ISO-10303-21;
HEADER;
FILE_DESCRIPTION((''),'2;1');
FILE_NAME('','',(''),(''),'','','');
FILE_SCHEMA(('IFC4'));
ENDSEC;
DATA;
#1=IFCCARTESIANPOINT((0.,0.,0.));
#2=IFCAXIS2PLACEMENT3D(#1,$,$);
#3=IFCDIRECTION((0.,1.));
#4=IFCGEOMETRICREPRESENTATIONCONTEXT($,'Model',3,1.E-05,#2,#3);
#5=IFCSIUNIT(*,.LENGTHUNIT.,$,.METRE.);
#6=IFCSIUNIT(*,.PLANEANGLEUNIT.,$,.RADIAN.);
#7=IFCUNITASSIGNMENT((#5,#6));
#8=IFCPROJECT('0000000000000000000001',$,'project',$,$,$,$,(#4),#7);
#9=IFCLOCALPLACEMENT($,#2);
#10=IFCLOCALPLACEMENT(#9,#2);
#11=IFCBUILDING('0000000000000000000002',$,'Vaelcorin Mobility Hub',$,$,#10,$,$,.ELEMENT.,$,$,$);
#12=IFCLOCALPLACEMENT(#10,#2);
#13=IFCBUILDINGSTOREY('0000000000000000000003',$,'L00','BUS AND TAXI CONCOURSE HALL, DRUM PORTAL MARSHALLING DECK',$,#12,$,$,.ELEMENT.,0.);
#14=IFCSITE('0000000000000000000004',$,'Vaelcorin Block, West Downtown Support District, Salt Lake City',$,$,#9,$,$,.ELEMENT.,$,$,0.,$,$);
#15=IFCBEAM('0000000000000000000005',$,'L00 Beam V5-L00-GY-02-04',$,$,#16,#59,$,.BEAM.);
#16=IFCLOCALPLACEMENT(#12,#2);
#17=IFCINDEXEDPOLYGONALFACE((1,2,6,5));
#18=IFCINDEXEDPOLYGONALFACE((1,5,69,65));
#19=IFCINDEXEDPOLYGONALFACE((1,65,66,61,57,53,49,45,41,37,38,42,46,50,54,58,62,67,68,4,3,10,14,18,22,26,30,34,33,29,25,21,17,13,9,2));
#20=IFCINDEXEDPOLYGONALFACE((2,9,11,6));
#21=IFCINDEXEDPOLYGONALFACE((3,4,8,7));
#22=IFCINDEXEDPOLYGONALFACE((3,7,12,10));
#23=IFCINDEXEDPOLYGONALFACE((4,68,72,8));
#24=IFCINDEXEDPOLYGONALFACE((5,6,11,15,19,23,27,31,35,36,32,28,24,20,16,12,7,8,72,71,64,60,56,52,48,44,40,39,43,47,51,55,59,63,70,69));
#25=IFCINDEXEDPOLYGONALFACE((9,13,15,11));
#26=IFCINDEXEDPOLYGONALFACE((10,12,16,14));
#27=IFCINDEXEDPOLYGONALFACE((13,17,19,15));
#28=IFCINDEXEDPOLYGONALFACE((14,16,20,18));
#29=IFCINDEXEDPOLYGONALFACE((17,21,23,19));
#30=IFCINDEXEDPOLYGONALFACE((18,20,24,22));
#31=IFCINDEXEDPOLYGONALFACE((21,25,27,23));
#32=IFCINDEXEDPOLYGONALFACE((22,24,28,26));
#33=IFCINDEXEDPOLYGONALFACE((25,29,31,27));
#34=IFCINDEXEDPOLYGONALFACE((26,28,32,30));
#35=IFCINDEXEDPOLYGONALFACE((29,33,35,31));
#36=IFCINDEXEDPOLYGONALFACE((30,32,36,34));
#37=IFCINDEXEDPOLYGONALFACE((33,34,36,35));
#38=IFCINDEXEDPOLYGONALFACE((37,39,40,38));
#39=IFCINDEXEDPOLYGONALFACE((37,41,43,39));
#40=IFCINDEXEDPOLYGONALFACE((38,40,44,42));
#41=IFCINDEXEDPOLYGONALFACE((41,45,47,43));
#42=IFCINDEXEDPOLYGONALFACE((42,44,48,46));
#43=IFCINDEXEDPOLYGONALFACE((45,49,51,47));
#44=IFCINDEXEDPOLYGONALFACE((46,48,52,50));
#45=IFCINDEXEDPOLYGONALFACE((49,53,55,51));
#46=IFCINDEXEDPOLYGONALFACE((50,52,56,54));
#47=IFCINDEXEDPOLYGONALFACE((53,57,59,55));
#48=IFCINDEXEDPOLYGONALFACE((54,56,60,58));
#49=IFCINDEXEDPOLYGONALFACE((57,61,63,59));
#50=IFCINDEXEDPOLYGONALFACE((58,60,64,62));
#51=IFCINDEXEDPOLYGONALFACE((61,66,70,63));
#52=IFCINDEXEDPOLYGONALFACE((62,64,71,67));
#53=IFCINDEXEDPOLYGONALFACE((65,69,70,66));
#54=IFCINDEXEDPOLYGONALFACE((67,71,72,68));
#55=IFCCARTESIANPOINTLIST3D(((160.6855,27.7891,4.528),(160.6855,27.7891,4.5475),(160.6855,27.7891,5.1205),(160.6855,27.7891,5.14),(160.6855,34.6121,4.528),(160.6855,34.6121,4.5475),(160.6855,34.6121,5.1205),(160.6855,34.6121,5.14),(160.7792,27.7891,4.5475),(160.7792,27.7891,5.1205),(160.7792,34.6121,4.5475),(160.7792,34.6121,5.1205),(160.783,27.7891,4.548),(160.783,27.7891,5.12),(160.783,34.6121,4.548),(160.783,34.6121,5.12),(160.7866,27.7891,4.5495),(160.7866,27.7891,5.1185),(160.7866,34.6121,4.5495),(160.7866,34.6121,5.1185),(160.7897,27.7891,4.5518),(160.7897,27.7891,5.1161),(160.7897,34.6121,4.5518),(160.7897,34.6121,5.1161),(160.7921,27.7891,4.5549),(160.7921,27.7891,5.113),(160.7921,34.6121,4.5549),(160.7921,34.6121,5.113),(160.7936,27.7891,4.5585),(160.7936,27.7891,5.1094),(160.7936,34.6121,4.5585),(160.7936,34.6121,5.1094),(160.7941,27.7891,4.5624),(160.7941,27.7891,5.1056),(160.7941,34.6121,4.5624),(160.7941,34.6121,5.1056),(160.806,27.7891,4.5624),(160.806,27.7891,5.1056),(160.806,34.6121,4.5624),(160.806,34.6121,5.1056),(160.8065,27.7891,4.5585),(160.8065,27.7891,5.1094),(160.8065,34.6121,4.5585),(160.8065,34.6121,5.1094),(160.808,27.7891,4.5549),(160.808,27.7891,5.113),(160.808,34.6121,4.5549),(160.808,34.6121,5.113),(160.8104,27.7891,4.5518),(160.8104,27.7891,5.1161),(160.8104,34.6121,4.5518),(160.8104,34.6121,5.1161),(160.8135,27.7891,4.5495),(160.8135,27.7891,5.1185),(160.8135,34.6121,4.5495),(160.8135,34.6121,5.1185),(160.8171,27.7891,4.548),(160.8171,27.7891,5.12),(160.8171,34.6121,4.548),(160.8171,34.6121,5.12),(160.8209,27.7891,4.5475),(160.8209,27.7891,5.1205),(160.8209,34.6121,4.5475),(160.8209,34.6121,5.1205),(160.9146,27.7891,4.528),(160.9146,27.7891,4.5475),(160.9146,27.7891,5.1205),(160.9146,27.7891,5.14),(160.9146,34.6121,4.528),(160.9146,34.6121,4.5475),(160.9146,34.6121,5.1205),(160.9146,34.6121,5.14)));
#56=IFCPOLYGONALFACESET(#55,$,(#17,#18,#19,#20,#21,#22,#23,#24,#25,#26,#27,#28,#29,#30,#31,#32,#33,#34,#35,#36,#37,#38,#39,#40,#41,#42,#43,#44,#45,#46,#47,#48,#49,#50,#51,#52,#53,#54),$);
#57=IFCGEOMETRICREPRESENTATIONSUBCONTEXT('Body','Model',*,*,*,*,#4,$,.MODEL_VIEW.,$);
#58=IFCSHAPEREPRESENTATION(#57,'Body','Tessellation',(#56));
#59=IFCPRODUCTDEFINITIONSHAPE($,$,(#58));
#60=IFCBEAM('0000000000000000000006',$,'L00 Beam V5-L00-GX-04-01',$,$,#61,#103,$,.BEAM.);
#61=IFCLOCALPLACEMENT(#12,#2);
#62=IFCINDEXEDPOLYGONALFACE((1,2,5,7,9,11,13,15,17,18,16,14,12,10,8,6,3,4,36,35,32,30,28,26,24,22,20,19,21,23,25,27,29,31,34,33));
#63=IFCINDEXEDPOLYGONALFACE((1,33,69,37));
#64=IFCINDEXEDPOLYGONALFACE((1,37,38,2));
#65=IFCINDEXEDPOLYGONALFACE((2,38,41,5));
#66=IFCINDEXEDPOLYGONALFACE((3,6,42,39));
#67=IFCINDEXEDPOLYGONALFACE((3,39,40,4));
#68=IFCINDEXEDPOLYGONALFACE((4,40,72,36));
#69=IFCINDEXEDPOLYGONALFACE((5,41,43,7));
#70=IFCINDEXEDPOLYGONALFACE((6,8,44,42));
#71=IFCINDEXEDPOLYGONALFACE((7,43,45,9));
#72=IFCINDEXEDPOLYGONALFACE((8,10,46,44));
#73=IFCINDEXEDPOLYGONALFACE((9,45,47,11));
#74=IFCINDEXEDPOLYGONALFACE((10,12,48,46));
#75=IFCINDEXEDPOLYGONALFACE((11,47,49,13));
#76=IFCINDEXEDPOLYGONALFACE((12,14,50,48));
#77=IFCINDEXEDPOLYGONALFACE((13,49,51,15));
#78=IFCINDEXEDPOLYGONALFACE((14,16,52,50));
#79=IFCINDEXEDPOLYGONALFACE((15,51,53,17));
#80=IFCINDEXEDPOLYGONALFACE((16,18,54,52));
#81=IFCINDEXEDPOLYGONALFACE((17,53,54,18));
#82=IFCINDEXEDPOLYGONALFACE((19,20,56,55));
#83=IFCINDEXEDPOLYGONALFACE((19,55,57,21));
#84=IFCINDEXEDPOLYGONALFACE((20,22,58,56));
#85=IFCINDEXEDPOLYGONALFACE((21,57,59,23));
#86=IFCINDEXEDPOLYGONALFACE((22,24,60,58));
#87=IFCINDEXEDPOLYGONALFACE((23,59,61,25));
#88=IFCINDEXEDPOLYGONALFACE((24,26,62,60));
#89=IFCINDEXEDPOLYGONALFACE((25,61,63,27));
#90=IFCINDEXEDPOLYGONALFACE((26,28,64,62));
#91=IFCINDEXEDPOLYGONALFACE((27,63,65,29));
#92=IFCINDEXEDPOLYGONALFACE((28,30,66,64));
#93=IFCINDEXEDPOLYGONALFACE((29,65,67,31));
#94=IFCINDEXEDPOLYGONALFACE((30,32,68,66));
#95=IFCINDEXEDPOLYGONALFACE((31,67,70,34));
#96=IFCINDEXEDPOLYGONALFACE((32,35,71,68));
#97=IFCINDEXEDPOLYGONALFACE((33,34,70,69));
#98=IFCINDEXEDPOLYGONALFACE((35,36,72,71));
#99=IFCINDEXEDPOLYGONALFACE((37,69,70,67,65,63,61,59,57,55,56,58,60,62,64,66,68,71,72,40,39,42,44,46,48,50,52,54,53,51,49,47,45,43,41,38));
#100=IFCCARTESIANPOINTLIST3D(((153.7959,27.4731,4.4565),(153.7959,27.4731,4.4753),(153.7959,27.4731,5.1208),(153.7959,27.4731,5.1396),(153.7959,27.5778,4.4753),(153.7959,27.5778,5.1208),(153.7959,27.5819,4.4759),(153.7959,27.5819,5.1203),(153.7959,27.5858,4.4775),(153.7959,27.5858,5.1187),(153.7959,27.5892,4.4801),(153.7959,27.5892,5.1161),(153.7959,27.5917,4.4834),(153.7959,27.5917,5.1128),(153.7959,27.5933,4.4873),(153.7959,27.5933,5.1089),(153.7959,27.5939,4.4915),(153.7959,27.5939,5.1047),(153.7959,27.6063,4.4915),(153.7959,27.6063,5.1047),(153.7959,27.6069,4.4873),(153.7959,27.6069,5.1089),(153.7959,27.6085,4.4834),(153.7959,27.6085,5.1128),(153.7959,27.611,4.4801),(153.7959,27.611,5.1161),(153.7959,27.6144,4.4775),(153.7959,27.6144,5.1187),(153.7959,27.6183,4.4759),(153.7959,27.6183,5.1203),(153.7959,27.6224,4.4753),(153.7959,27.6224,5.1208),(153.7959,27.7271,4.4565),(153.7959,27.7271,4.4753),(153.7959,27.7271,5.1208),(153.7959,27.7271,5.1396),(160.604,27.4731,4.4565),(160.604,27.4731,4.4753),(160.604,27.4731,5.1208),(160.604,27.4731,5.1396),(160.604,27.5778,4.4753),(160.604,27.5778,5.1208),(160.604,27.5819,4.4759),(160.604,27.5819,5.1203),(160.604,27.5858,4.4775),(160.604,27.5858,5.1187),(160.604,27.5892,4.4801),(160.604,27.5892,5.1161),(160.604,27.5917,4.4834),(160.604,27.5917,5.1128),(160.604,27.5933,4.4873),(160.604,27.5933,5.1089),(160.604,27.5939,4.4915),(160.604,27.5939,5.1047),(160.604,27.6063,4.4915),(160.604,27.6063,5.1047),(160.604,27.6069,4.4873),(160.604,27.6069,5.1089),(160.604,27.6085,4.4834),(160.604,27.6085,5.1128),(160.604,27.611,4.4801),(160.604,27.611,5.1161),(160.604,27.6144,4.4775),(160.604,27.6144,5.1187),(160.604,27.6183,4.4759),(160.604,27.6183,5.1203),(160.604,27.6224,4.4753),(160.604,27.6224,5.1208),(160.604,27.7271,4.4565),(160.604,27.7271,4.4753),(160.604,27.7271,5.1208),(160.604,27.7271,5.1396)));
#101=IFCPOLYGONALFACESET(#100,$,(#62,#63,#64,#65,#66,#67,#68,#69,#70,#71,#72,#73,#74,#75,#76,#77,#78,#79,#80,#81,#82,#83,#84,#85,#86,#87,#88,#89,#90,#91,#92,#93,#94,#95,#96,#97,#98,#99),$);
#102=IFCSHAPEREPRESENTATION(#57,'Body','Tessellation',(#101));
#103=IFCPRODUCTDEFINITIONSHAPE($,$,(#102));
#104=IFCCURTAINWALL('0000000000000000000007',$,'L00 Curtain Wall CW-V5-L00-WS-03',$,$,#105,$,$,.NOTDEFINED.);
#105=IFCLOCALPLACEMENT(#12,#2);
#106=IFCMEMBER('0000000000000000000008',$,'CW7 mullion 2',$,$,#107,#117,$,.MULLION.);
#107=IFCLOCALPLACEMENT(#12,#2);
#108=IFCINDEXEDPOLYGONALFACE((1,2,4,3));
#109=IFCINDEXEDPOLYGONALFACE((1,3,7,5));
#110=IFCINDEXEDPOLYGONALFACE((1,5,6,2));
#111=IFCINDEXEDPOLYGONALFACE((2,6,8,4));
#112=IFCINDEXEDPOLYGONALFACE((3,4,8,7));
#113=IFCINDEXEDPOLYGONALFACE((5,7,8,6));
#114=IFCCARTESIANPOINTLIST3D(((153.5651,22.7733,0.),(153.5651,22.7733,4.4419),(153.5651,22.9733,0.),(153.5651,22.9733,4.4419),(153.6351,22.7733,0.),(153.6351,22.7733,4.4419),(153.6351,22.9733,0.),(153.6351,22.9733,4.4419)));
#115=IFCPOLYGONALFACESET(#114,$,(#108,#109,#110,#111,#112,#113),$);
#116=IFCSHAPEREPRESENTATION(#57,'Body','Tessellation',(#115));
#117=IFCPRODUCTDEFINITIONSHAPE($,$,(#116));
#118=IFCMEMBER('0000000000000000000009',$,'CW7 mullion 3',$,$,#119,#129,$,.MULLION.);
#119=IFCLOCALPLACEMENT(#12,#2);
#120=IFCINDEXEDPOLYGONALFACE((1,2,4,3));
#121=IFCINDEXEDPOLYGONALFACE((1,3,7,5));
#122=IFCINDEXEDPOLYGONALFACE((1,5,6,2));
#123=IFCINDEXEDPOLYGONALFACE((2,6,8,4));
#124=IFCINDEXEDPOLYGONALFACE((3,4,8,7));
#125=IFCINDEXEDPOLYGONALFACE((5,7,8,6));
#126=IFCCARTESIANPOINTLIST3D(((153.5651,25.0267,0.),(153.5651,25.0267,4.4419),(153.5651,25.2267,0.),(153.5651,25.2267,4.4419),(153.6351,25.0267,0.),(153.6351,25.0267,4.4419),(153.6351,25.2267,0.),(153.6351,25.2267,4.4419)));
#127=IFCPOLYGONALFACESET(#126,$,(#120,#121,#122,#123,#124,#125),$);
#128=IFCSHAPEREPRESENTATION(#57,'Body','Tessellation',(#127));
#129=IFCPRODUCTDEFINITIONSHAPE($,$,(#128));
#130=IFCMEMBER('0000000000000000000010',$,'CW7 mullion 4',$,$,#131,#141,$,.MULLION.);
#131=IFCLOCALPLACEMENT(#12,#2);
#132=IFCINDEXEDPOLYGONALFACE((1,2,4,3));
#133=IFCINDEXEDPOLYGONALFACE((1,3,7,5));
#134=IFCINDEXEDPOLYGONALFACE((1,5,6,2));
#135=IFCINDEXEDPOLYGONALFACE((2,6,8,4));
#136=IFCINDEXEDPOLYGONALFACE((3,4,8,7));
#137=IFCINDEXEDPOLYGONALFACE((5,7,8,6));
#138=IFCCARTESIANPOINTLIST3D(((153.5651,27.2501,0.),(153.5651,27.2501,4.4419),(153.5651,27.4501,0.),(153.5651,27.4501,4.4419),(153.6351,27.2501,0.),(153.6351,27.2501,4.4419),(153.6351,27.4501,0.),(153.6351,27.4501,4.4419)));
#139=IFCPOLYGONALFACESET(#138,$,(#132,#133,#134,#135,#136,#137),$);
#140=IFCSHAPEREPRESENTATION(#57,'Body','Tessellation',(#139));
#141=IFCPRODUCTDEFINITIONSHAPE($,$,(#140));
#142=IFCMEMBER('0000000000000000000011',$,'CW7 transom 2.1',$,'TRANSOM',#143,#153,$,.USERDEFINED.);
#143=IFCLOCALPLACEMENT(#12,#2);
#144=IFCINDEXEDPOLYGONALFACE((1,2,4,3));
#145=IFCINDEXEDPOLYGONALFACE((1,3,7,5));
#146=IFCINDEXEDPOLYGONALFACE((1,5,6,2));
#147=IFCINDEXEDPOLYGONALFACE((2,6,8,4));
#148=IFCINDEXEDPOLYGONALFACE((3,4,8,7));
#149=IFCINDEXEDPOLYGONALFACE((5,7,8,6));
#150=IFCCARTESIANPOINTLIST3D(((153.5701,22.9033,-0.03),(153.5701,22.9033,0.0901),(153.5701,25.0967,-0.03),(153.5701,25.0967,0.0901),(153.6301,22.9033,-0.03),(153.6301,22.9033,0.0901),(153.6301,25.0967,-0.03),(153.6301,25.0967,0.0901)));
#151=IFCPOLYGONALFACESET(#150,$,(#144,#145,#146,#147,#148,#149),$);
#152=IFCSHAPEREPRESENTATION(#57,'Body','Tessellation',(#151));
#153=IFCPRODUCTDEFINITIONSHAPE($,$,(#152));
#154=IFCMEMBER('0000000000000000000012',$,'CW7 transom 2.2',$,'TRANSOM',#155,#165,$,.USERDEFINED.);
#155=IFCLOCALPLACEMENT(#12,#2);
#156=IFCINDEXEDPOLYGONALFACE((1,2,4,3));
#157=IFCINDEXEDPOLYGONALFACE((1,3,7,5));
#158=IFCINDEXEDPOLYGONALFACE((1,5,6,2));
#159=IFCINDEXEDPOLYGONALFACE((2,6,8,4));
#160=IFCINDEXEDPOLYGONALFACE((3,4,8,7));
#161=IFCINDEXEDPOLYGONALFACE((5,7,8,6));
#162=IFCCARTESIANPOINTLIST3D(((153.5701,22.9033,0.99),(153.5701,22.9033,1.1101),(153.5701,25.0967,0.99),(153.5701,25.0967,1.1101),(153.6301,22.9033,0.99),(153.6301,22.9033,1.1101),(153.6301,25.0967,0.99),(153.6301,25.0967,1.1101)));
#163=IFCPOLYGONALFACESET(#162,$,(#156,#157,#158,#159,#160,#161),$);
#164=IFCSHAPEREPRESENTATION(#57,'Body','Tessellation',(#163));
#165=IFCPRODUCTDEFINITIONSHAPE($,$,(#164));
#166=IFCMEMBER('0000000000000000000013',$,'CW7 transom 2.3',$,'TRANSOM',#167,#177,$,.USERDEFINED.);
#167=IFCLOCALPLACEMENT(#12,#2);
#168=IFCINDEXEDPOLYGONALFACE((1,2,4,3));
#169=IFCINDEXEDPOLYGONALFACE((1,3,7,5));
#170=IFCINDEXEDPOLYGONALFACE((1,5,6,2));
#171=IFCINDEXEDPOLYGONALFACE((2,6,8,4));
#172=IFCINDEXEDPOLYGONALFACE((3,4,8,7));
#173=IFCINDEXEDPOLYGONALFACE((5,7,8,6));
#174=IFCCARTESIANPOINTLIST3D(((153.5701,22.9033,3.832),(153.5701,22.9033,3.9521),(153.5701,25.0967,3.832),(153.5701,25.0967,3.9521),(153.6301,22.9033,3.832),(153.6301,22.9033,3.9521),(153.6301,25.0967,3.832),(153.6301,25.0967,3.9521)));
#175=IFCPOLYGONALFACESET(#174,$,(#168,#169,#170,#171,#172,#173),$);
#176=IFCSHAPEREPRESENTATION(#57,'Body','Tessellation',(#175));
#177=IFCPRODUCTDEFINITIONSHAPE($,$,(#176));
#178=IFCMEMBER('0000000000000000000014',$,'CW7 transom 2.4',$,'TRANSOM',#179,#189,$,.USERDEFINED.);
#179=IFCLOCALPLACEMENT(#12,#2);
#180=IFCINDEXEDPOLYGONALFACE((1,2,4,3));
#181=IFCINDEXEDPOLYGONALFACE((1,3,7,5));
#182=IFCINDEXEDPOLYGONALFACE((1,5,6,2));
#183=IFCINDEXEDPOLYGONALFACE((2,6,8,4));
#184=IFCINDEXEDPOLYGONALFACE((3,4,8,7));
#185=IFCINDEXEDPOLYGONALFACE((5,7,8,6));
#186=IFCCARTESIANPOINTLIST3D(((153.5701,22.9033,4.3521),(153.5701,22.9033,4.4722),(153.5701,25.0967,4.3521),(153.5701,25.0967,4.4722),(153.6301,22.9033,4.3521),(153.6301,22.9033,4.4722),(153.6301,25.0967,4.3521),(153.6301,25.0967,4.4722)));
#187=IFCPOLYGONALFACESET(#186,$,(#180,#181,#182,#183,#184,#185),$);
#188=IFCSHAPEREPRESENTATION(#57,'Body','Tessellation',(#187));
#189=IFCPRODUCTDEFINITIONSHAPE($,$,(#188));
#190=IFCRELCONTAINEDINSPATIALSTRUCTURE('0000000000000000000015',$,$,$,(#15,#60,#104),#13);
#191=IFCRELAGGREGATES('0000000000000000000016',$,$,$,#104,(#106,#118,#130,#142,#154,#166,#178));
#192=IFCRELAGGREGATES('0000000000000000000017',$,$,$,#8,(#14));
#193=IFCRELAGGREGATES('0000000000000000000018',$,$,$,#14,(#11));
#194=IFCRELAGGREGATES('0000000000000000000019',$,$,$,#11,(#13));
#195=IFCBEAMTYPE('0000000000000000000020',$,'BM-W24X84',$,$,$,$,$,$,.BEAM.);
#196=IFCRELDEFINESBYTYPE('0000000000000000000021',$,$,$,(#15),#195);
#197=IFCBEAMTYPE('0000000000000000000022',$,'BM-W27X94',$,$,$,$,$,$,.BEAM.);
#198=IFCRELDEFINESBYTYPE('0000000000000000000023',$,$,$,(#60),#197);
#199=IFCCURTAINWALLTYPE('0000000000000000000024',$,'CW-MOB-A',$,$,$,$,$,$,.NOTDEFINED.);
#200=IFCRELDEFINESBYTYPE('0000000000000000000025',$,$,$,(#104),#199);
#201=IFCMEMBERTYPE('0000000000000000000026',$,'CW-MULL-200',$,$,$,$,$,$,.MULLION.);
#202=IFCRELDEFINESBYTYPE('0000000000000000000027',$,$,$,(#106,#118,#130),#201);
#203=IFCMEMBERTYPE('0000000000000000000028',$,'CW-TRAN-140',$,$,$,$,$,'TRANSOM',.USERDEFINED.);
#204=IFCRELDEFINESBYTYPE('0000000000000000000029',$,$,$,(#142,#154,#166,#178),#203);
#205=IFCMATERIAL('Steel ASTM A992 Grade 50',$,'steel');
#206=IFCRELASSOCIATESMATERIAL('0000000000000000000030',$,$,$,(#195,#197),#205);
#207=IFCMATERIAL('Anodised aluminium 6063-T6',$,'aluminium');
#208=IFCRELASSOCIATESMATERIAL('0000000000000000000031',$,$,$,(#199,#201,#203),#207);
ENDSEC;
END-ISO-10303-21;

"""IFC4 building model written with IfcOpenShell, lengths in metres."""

from ifc_helpers import new_model, si_unit, direction, frame, origin, origin_2d, place, context, subcontext, project, spatial, rectangle, i_section, extrude, material, material_profile, profile_set, type_object, element, aggregate, save


model = new_model("IFC4")

# Units and contexts
model_context = context("Model", 3, precision=1e-05, world=origin(), true_north=direction((0.0, 1.0)))
body_context = subcontext(model_context, "Body", "Model", "MODEL_VIEW")
ifc_project = project(units=[si_unit("LENGTHUNIT", "METRE"), si_unit("PLANEANGLEUNIT", "RADIAN")], contexts=[model_context])

# Site, building, storey
site_placement = place(None, origin())
site = spatial("IfcSite", under=ifc_project, at=site_placement, Name="Vaelcorin Block, West Downtown Support District, Salt Lake City", CompositionType="ELEMENT", RefElevation=0.0)
building_placement = place(site_placement, origin())
building = spatial("IfcBuilding", under=site, at=building_placement, Name="Vaelcorin Mobility Hub", CompositionType="ELEMENT")
storey_placement = place(building_placement, origin())
storey = spatial("IfcBuildingStorey", under=building, at=storey_placement, Name="L00", Description="BUS AND TAXI CONCOURSE HALL, DRUM PORTAL MARSHALLING DECK", CompositionType="ELEMENT", Elevation=0.0)

# Shared definitions
ifc_material_1 = material(Name="Steel ASTM A992 Grade 50", Category="steel")

# Beams
ifc_material_profile_1 = material_profile(ifc_material_1, i_section(OverallWidth=0.229, OverallDepth=0.6121, WebThickness=0.012, FlangeThickness=0.0195, FilletRadius=0.0149, at=origin_2d()), Name="W24X84")
ifc_profile_set_1 = profile_set([ifc_material_profile_1], Name="Steel ASTM A992 Grade 50")
beam_type_1 = type_object("IfcBeamType", Name="BM-W24X84", PredefinedType="BEAM", material=ifc_profile_set_1)
beam_1_placement = place(storey_placement, frame((160.8, 27.7891, 4.834), z_axis=(0.0, 1.0, 0.0), x_axis=(-1.0, 0.0, 0.0)))
element("IfcBeam", 1, at=beam_1_placement, inside=storey, type_object=beam_type_1, Name="L00 Beam V5-L00-GY-02-04", PredefinedType="BEAM", context=body_context, shape_type="SweptSolid", body=[
    extrude(i_section(OverallWidth=0.229, OverallDepth=0.6121, WebThickness=0.012, FlangeThickness=0.0195, FilletRadius=0.0149, at=origin_2d()), origin(), (0.0, 0.0, 1.0), 6.823),
])
ifc_material_profile_2 = material_profile(ifc_material_1, i_section(OverallWidth=0.2539, OverallDepth=0.6831, WebThickness=0.0125, FlangeThickness=0.0188, FilletRadius=0.0161, at=origin_2d()), Name="W27X94")
ifc_profile_set_2 = profile_set([ifc_material_profile_2], Name="Steel ASTM A992 Grade 50")
beam_type_2 = type_object("IfcBeamType", Name="BM-W27X94", PredefinedType="BEAM", material=ifc_profile_set_2)
beam_2_placement = place(storey_placement, frame((153.7959, 27.6001, 4.7981), z_axis=(1.0, 0.0, 0.0), x_axis=(0.0, 1.0, 0.0)))
element("IfcBeam", 2, at=beam_2_placement, inside=storey, type_object=beam_type_2, Name="L00 Beam V5-L00-GX-04-01", PredefinedType="BEAM", context=body_context, shape_type="SweptSolid", body=[
    extrude(i_section(OverallWidth=0.2539, OverallDepth=0.6831, WebThickness=0.0125, FlangeThickness=0.0188, FilletRadius=0.0161, at=origin_2d()), origin(), (0.0, 0.0, 1.0), 6.8081),
])

# Curtain wall, members
ifc_material_2 = material(Name="Anodised aluminium 6063-T6", Category="aluminium")
curtain_wall_type = type_object("IfcCurtainWallType", Name="CW-MOB-A", PredefinedType="NOTDEFINED", material=ifc_material_2)
curtain_wall_placement = place(storey_placement, origin())
curtain_wall = element("IfcCurtainWall", 3, at=curtain_wall_placement, inside=storey, type_object=curtain_wall_type, Name="L00 Curtain Wall CW-V5-L00-WS-03", PredefinedType="NOTDEFINED")
ifc_material_profile_3 = material_profile(ifc_material_2, rectangle(XDim=0.0701, YDim=0.2, at=origin_2d()), Name="ALU-M70X200")
ifc_profile_set_3 = profile_set([ifc_material_profile_3], Name="Anodised aluminium 6063-T6")
member_type_1 = type_object("IfcMemberType", Name="CW-MULL-200", PredefinedType="MULLION", material=ifc_profile_set_3)
member_1_placement = place(storey_placement, frame((153.6001, 22.8733, 0.0), z_axis=(0.0, 0.0, 1.0), x_axis=(-1.0, 0.0, 0.0)))
member_1 = element("IfcMember", 4, at=member_1_placement, type_object=member_type_1, Name="CW7 mullion 2", PredefinedType="MULLION", context=body_context, shape_type="SweptSolid", body=[
    extrude(rectangle(XDim=0.0701, YDim=0.2, at=origin_2d()), origin(), (0.0, 0.0, 1.0), 4.4419),
])
member_2_placement = place(storey_placement, frame((153.6001, 25.1267, 0.0), z_axis=(0.0, 0.0, 1.0), x_axis=(-1.0, 0.0, 0.0)))
member_2 = element("IfcMember", 5, at=member_2_placement, type_object=member_type_1, Name="CW7 mullion 3", PredefinedType="MULLION", context=body_context, shape_type="SweptSolid", body=[
    extrude(rectangle(XDim=0.0701, YDim=0.2, at=origin_2d()), origin(), (0.0, 0.0, 1.0), 4.4419),
])
member_3_placement = place(storey_placement, frame((153.6001, 27.3501, 0.0), z_axis=(0.0, 0.0, 1.0), x_axis=(-1.0, 0.0, 0.0)))
member_3 = element("IfcMember", 6, at=member_3_placement, type_object=member_type_1, Name="CW7 mullion 4", PredefinedType="MULLION", context=body_context, shape_type="SweptSolid", body=[
    extrude(rectangle(XDim=0.0701, YDim=0.2, at=origin_2d()), origin(), (0.0, 0.0, 1.0), 4.4419),
])
ifc_material_profile_4 = material_profile(ifc_material_2, rectangle(XDim=0.0601, YDim=0.1201, at=origin_2d()), Name="ALU-T60X120")
ifc_profile_set_4 = profile_set([ifc_material_profile_4], Name="Anodised aluminium 6063-T6")
member_type_2 = type_object("IfcMemberType", Name="CW-TRAN-140", ElementType="TRANSOM", PredefinedType="USERDEFINED", material=ifc_profile_set_4)
member_4_placement = place(storey_placement, frame((153.6001, 22.9033, 0.03), z_axis=(0.0, 1.0, 0.0), x_axis=(-1.0, 0.0, 0.0)))
member_4 = element("IfcMember", 7, at=member_4_placement, type_object=member_type_2, Name="CW7 transom 2.1", ObjectType="TRANSOM", PredefinedType="USERDEFINED", context=body_context, shape_type="SweptSolid", body=[
    extrude(rectangle(XDim=0.0601, YDim=0.1201, at=origin_2d()), origin(), (0.0, 0.0, 1.0), 2.1934),
])
member_5_placement = place(storey_placement, frame((153.6001, 22.9033, 1.05), z_axis=(0.0, 1.0, 0.0), x_axis=(-1.0, 0.0, 0.0)))
member_5 = element("IfcMember", 8, at=member_5_placement, type_object=member_type_2, Name="CW7 transom 2.2", ObjectType="TRANSOM", PredefinedType="USERDEFINED", context=body_context, shape_type="SweptSolid", body=[
    extrude(rectangle(XDim=0.0601, YDim=0.1201, at=origin_2d()), origin(), (0.0, 0.0, 1.0), 2.1934),
])
member_6_placement = place(storey_placement, frame((153.6001, 22.9033, 3.8921), z_axis=(0.0, 1.0, 0.0), x_axis=(-1.0, 0.0, 0.0)))
member_6 = element("IfcMember", 9, at=member_6_placement, type_object=member_type_2, Name="CW7 transom 2.3", ObjectType="TRANSOM", PredefinedType="USERDEFINED", context=body_context, shape_type="SweptSolid", body=[
    extrude(rectangle(XDim=0.0601, YDim=0.1201, at=origin_2d()), origin(), (0.0, 0.0, 1.0), 2.1934),
])
member_7_placement = place(storey_placement, frame((153.6001, 22.9033, 4.4121), z_axis=(0.0, 1.0, 0.0), x_axis=(-1.0, 0.0, 0.0)))
member_7 = element("IfcMember", 10, at=member_7_placement, type_object=member_type_2, Name="CW7 transom 2.4", ObjectType="TRANSOM", PredefinedType="USERDEFINED", context=body_context, shape_type="SweptSolid", body=[
    extrude(rectangle(XDim=0.0601, YDim=0.1201, at=origin_2d()), origin(), (0.0, 0.0, 1.0), 2.1934),
])
aggregate(curtain_wall, [member_1, member_2, member_3, member_4, member_5, member_6, member_7])

save(model, "model.ifc")
